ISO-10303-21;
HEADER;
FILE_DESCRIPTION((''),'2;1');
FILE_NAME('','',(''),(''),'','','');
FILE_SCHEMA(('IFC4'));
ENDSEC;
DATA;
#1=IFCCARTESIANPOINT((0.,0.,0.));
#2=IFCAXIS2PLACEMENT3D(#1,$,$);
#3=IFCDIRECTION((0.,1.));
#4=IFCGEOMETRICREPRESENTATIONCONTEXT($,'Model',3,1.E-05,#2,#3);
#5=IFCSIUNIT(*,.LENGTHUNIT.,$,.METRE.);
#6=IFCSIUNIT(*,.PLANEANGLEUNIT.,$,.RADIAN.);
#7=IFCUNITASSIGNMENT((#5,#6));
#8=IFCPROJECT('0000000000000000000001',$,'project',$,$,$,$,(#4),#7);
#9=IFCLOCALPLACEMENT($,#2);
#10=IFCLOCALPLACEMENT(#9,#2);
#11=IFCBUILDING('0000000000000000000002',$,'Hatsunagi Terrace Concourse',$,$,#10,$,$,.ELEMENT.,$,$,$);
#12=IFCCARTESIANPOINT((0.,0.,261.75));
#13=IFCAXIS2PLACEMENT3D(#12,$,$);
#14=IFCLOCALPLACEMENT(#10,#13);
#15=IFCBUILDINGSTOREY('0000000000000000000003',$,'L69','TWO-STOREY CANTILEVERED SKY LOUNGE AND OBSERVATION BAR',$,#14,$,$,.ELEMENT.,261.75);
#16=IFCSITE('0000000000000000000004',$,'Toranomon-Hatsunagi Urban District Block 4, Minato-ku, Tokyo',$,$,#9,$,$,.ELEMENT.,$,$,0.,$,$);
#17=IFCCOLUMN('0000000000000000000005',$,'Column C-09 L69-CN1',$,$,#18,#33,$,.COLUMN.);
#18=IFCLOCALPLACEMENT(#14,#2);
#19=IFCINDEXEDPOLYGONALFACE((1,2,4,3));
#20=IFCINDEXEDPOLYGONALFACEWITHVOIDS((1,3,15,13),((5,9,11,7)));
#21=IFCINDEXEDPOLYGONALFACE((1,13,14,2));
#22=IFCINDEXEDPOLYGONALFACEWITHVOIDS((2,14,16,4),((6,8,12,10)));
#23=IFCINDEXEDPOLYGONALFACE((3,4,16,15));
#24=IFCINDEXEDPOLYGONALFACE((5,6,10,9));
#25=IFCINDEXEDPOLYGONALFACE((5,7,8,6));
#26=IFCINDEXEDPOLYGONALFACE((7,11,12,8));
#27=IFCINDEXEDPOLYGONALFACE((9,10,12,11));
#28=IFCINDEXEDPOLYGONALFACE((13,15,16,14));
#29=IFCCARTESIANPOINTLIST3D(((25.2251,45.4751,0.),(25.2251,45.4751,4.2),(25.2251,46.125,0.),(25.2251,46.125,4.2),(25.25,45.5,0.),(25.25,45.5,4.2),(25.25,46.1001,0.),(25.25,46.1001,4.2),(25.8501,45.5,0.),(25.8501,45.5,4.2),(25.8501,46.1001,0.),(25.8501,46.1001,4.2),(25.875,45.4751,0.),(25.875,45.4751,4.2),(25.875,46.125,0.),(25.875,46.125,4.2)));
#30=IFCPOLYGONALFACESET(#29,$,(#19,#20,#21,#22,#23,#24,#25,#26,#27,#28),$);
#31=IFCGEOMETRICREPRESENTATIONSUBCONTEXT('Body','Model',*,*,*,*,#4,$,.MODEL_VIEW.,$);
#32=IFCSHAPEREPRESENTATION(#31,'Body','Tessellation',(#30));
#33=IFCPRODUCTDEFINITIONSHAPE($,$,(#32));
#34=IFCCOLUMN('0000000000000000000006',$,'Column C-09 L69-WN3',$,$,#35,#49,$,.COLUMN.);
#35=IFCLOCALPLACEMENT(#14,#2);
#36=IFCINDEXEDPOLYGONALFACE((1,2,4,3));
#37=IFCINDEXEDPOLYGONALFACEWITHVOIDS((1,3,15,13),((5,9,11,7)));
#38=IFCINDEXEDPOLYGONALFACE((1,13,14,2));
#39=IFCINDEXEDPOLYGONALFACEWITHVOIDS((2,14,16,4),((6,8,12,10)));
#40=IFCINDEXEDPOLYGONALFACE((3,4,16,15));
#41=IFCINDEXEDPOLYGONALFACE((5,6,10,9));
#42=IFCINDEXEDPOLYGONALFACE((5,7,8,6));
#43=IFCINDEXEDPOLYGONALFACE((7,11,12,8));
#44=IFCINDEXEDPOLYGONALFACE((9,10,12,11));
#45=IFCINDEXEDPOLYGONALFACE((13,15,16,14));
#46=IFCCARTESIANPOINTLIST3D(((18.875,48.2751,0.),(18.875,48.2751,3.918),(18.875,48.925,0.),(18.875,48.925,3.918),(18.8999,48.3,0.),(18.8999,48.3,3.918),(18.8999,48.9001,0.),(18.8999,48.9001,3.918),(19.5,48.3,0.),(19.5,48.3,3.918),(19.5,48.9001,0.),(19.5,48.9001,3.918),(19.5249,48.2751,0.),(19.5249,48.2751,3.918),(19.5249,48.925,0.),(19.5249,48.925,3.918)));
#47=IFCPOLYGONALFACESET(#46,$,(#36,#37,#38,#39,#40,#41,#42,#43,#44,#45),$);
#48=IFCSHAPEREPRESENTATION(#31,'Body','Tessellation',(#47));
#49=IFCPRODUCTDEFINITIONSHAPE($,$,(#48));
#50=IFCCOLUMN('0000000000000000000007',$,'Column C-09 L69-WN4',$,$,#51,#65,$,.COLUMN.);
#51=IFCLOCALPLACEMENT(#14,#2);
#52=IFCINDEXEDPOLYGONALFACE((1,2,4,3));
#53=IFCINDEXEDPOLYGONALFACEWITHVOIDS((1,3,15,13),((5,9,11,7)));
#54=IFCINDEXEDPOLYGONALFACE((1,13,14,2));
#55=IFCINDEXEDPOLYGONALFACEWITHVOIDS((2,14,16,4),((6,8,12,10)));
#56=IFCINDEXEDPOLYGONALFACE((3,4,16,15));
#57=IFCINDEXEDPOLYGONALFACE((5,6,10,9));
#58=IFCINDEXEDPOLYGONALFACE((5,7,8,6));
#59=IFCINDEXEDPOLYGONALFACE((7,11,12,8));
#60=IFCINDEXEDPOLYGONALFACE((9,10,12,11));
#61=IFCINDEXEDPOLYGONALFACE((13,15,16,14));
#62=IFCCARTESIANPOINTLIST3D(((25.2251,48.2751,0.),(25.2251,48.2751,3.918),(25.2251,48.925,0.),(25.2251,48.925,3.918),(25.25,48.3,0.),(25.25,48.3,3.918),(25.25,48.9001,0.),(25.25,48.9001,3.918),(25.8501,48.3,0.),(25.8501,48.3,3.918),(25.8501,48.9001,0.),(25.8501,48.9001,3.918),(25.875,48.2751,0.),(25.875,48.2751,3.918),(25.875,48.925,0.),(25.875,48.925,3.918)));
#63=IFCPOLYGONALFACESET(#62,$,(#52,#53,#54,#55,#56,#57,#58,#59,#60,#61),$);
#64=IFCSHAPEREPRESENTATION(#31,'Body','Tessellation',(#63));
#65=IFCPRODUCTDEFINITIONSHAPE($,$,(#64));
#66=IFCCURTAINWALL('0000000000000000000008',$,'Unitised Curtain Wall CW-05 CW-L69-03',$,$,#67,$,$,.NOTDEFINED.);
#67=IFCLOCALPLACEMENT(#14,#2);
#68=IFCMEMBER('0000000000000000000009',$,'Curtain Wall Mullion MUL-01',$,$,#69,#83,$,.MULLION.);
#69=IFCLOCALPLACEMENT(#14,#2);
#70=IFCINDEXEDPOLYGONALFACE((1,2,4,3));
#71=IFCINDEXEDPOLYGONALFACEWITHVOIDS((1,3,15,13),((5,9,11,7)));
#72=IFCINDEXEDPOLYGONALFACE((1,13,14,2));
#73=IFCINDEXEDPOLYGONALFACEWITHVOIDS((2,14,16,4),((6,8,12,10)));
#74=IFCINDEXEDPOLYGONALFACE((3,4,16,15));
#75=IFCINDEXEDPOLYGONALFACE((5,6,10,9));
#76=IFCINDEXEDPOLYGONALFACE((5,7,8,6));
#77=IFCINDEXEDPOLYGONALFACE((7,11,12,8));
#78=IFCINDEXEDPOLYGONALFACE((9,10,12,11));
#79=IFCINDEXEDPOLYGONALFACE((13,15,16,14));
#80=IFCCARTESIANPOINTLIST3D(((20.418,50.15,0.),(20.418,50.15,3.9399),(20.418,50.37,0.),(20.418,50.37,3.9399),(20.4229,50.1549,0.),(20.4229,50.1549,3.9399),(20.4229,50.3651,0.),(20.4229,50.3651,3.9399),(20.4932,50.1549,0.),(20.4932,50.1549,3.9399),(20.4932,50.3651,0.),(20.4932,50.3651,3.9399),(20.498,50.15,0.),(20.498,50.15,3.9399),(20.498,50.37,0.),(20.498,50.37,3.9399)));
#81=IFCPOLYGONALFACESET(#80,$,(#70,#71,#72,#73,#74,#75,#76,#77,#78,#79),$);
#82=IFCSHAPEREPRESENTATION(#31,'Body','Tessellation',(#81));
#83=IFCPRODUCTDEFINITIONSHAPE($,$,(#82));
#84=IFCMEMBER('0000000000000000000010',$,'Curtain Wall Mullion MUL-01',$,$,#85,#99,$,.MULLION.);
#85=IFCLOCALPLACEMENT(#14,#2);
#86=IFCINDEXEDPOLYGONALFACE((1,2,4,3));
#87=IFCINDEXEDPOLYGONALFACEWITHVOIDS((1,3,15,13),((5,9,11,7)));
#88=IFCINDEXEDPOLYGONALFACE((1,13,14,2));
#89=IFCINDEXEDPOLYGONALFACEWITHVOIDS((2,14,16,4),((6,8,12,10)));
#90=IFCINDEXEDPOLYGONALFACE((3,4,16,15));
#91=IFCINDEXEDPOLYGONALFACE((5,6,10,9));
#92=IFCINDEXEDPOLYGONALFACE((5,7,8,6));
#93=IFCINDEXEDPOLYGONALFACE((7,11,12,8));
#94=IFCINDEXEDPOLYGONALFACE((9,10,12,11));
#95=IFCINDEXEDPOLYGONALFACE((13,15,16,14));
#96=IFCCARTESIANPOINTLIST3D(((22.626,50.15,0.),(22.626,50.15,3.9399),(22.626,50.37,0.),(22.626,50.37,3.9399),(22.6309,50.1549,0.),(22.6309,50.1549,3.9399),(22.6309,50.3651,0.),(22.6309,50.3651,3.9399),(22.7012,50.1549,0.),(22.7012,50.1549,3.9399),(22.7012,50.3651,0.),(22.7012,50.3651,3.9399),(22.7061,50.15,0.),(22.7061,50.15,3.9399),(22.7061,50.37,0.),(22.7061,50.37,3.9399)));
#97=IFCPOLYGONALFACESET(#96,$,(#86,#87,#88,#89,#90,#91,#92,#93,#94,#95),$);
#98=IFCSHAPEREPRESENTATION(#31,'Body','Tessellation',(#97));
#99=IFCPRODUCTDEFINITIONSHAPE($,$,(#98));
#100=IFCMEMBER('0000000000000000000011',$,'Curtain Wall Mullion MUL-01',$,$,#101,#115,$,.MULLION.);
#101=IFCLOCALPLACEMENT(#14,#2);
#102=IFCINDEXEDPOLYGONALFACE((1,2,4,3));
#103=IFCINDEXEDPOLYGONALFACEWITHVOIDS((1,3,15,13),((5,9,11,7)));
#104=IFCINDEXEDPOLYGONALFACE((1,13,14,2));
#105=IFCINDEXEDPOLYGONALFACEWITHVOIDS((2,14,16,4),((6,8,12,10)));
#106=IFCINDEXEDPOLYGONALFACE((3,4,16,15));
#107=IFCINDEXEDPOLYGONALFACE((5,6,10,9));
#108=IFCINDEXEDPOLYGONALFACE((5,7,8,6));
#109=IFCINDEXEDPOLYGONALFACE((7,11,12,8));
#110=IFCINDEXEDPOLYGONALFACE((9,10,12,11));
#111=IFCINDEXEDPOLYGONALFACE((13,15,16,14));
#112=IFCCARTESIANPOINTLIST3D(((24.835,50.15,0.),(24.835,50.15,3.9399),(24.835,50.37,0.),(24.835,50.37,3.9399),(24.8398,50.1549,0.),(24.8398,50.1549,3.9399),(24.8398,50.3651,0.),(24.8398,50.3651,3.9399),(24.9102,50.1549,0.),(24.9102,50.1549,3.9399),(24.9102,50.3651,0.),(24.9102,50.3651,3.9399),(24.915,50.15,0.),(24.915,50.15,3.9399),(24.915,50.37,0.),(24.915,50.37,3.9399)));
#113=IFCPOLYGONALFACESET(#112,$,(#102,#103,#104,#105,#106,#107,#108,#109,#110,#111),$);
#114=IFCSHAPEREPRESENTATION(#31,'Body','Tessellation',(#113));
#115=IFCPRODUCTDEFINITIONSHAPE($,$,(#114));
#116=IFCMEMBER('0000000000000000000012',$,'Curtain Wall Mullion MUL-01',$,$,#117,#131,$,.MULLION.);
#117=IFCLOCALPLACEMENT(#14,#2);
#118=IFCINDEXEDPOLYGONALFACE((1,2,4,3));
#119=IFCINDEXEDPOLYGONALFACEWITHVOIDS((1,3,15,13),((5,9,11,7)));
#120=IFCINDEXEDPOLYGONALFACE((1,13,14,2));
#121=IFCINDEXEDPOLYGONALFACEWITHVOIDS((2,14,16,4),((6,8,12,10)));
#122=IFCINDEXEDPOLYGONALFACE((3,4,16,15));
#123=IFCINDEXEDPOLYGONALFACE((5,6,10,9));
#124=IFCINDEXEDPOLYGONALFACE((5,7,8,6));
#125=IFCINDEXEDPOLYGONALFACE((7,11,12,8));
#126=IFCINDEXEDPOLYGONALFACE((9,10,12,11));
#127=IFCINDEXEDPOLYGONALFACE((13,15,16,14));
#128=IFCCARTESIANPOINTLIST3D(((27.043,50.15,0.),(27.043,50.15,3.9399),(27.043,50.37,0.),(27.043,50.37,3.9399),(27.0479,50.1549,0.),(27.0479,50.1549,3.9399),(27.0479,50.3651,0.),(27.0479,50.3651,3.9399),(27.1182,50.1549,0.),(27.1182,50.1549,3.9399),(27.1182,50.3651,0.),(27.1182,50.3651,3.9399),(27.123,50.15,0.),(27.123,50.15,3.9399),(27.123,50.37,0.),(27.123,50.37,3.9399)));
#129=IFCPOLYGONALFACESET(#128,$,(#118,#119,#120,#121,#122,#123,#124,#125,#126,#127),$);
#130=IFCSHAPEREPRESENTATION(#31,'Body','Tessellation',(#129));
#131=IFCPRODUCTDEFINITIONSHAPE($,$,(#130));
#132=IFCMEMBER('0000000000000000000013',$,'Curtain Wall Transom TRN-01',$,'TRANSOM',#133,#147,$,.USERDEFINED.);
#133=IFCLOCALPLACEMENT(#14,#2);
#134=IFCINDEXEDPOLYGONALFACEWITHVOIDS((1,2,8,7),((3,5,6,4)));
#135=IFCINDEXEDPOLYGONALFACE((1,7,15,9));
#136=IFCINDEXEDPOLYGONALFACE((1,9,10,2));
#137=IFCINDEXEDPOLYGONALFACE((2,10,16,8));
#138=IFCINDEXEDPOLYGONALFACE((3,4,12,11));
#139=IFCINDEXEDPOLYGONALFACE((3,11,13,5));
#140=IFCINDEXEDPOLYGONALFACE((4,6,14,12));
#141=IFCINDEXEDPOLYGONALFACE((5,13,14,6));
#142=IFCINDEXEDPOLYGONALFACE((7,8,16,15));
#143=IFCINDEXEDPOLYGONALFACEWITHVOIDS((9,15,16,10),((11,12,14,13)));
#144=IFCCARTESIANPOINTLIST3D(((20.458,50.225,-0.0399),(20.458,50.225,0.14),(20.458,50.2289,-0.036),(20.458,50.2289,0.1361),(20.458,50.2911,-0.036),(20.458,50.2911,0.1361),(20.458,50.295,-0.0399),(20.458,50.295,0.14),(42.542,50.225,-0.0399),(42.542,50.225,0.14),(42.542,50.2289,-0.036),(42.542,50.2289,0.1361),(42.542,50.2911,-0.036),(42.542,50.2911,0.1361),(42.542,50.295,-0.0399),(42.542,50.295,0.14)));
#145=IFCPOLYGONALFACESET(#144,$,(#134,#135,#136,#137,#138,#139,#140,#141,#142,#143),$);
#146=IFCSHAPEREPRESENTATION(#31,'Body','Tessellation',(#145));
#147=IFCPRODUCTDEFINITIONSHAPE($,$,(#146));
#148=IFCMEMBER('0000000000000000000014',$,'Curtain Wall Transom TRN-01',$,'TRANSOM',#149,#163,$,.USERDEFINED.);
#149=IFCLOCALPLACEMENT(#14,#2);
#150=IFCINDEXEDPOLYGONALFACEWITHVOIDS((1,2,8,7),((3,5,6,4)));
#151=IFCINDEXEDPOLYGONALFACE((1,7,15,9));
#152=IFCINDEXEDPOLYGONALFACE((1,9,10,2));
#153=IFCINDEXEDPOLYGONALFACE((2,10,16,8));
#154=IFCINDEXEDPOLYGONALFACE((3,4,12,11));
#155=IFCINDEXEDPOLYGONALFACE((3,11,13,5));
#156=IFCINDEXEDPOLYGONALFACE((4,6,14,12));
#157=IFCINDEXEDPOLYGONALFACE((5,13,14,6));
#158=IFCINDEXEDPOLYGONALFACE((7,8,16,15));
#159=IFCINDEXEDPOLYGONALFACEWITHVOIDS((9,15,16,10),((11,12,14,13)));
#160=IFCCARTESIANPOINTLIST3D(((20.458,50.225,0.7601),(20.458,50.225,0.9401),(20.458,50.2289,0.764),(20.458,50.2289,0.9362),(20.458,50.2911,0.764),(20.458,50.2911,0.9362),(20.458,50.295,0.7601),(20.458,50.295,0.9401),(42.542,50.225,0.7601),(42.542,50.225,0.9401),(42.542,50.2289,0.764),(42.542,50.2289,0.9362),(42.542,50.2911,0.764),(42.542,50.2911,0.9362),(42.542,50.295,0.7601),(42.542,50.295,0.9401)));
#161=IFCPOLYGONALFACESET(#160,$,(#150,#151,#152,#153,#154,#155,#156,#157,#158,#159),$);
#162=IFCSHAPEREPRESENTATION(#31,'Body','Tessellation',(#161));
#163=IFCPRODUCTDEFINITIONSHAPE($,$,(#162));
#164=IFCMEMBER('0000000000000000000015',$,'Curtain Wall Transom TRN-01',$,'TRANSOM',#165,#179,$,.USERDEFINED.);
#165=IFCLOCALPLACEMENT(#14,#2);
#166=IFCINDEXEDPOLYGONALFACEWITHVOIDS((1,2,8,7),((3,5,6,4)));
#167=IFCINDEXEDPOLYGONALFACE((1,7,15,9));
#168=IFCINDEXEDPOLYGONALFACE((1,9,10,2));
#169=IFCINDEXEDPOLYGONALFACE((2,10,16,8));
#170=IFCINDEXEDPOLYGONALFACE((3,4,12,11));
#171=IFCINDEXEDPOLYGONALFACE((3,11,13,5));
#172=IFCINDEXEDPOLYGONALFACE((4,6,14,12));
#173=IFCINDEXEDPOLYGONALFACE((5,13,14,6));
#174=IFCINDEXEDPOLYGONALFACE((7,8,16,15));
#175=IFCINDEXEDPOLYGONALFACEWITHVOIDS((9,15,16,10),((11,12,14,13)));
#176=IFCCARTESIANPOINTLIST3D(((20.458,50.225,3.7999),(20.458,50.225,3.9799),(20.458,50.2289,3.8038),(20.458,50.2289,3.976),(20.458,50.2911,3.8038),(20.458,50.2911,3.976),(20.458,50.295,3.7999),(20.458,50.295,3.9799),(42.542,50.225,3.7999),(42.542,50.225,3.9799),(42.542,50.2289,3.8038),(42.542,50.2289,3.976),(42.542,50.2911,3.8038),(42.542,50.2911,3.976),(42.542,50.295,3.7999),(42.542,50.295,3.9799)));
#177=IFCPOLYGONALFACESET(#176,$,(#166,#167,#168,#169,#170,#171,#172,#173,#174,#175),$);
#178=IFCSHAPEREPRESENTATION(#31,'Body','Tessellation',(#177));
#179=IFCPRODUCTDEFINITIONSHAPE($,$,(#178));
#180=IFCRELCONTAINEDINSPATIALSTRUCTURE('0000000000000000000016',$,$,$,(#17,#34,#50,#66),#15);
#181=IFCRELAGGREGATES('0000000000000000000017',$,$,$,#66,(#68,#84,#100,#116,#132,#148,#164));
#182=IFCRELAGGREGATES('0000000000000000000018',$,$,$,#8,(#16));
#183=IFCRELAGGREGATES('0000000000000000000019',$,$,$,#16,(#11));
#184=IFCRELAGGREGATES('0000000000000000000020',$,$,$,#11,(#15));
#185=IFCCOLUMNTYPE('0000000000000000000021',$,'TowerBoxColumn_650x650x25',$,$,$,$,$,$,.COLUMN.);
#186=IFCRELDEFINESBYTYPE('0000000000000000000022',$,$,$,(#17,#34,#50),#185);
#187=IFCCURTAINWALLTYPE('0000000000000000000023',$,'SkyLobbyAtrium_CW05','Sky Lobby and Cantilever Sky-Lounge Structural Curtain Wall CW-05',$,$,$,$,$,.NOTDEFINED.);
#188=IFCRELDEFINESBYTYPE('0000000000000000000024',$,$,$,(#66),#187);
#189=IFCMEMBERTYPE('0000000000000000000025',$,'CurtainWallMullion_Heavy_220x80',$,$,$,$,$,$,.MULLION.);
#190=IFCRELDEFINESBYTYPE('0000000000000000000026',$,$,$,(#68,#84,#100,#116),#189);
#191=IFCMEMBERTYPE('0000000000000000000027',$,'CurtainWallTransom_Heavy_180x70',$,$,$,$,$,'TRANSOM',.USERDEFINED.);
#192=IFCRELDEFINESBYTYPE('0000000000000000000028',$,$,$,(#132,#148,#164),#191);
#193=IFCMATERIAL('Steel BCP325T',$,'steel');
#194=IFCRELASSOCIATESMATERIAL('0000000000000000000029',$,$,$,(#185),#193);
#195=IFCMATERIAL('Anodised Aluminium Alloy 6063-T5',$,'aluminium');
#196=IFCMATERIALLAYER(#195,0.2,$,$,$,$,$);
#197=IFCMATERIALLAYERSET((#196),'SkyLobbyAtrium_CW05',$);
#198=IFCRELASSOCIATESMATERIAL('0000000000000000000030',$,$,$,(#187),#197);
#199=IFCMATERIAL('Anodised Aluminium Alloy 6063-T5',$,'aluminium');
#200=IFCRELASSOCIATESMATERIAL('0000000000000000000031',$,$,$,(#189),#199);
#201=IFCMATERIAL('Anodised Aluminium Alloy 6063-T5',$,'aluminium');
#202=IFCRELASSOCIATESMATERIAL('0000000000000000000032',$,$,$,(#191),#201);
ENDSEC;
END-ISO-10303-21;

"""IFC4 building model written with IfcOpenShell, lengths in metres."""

from ifc_helpers import new_model, si_unit, direction, frame, origin, origin_2d, place, context, subcontext, project, spatial, hollow_rectangle, extrude, material, layer, layer_set, material_profile, profile_set, type_object, element, aggregate, save


model = new_model("IFC4")

# Units and contexts
model_context = context("Model", 3, precision=1e-05, world=origin(), true_north=direction((0.0, 1.0)))
body_context = subcontext(model_context, "Body", "Model", "MODEL_VIEW")
ifc_project = project(units=[si_unit("LENGTHUNIT", "METRE"), si_unit("PLANEANGLEUNIT", "RADIAN")], contexts=[model_context])

# Site, building, storey
site_placement = place(None, origin())
site = spatial("IfcSite", under=ifc_project, at=site_placement, Name="Toranomon-Hatsunagi Urban District Block 4, Minato-ku, Tokyo", CompositionType="ELEMENT", RefElevation=0.0)
building_placement = place(site_placement, origin())
building = spatial("IfcBuilding", under=site, at=building_placement, Name="Hatsunagi Terrace Concourse", CompositionType="ELEMENT")
storey_placement = place(building_placement, frame((0.0, 0.0, 261.75)))
storey = spatial("IfcBuildingStorey", under=building, at=storey_placement, Name="L69", Description="TWO-STOREY CANTILEVERED SKY LOUNGE AND OBSERVATION BAR", CompositionType="ELEMENT", Elevation=261.75)

# Columns
ifc_material_1 = material(Name="Steel BCP325T", Category="steel")
ifc_material_profile_1 = material_profile(ifc_material_1, hollow_rectangle(XDim=0.6499, YDim=0.6499, WallThickness=0.0249, at=origin_2d()), Name="BCP-650x650x25")
ifc_profile_set_1 = profile_set([ifc_material_profile_1], Name="Steel BCP325T")
column_type = type_object("IfcColumnType", Name="TowerBoxColumn_650x650x25", PredefinedType="COLUMN", material=ifc_profile_set_1)
column_placement = place(storey_placement, frame((25.55, 45.8, 0.0), z_axis=(0.0, 0.0, 1.0), x_axis=(1.0, 0.0, 0.0)))
element("IfcColumn", 1, at=column_placement, inside=storey, type_object=column_type, Name="Column C-09 L69-CN1", PredefinedType="COLUMN", context=body_context, shape_type="SweptSolid", body=[
    extrude(hollow_rectangle(XDim=0.6499, YDim=0.6499, WallThickness=0.0249, at=origin_2d()), origin(), (0.0, 0.0, 1.0), 4.2),
])
for number, where, z_axis, x_axis, name in (
    (2, (19.2, 48.6001, 0.0), (0.0, 0.0, 1.0), (1.0, 0.0, 0.0), "Column C-09 L69-WN3"),
    (3, (25.55, 48.6001, 0.0), (0.0, 0.0, 1.0), (1.0, 0.0, 0.0), "Column C-09 L69-WN4"),
):
    element("IfcColumn", number, at=place(storey_placement, frame(where, z_axis=z_axis, x_axis=x_axis)), inside=storey, type_object=column_type, Name=name, PredefinedType="COLUMN", context=body_context, shape_type="SweptSolid", body=[
        extrude(hollow_rectangle(XDim=0.6499, YDim=0.6499, WallThickness=0.0249, at=origin_2d()), origin(), (0.0, 0.0, 1.0), 3.918),
    ])

# Curtain wall, members
ifc_material_2 = material(Name="Anodised Aluminium Alloy 6063-T5", Category="aluminium")
ifc_layer_1 = layer(ifc_material_2, 0.2)
ifc_layer_set_1 = layer_set([ifc_layer_1], Name="SkyLobbyAtrium_CW05")
curtain_wall_type = type_object("IfcCurtainWallType", Name="SkyLobbyAtrium_CW05", Description="Sky Lobby and Cantilever Sky-Lounge Structural Curtain Wall CW-05", PredefinedType="NOTDEFINED", material=ifc_layer_set_1)
curtain_wall_placement = place(storey_placement, origin())
curtain_wall = element("IfcCurtainWall", 4, at=curtain_wall_placement, inside=storey, type_object=curtain_wall_type, Name="Unitised Curtain Wall CW-05 CW-L69-03", PredefinedType="NOTDEFINED")
ifc_material_3 = material(Name="Anodised Aluminium Alloy 6063-T5", Category="aluminium")
ifc_material_profile_2 = material_profile(ifc_material_3, hollow_rectangle(XDim=0.0801, YDim=0.22, WallThickness=0.0049, at=origin_2d()), Name="ALU-MUL-220x80x5")
ifc_profile_set_2 = profile_set([ifc_material_profile_2], Name="Anodised Aluminium Alloy 6063-T5")
member_type_1 = type_object("IfcMemberType", Name="CurtainWallMullion_Heavy_220x80", PredefinedType="MULLION", material=ifc_profile_set_2)
member_1_placement = place(storey_placement, frame((20.458, 50.26, 0.0), z_axis=(0.0, 0.0, 1.0), x_axis=(1.0, 0.0, 0.0)))
member_1 = element("IfcMember", 5, at=member_1_placement, type_object=member_type_1, Name="Curtain Wall Mullion MUL-01", PredefinedType="MULLION", context=body_context, shape_type="SweptSolid", body=[
    extrude(hollow_rectangle(XDim=0.0801, YDim=0.22, WallThickness=0.0049, at=origin_2d()), origin(), (0.0, 0.0, 1.0), 3.9399),
])
member_2_placement = place(storey_placement, frame((22.666, 50.26, 0.0), z_axis=(0.0, 0.0, 1.0), x_axis=(1.0, 0.0, 0.0)))
member_2 = element("IfcMember", 6, at=member_2_placement, type_object=member_type_1, Name="Curtain Wall Mullion MUL-01", PredefinedType="MULLION", context=body_context, shape_type="SweptSolid", body=[
    extrude(hollow_rectangle(XDim=0.0801, YDim=0.22, WallThickness=0.0049, at=origin_2d()), origin(), (0.0, 0.0, 1.0), 3.9399),
])
member_3_placement = place(storey_placement, frame((24.875, 50.26, 0.0), z_axis=(0.0, 0.0, 1.0), x_axis=(1.0, 0.0, 0.0)))
member_3 = element("IfcMember", 7, at=member_3_placement, type_object=member_type_1, Name="Curtain Wall Mullion MUL-01", PredefinedType="MULLION", context=body_context, shape_type="SweptSolid", body=[
    extrude(hollow_rectangle(XDim=0.0801, YDim=0.22, WallThickness=0.0049, at=origin_2d()), origin(), (0.0, 0.0, 1.0), 3.9399),
])
member_4_placement = place(storey_placement, frame((27.083, 50.26, 0.0), z_axis=(0.0, 0.0, 1.0), x_axis=(1.0, 0.0, 0.0)))
member_4 = element("IfcMember", 8, at=member_4_placement, type_object=member_type_1, Name="Curtain Wall Mullion MUL-01", PredefinedType="MULLION", context=body_context, shape_type="SweptSolid", body=[
    extrude(hollow_rectangle(XDim=0.0801, YDim=0.22, WallThickness=0.0049, at=origin_2d()), origin(), (0.0, 0.0, 1.0), 3.9399),
])
ifc_material_4 = material(Name="Anodised Aluminium Alloy 6063-T5", Category="aluminium")
ifc_material_profile_3 = material_profile(ifc_material_4, hollow_rectangle(XDim=0.0701, YDim=0.1799, WallThickness=0.0039, at=origin_2d()), Name="ALU-TRN-180x70x4")
ifc_profile_set_3 = profile_set([ifc_material_profile_3], Name="Anodised Aluminium Alloy 6063-T5")
member_type_2 = type_object("IfcMemberType", Name="CurtainWallTransom_Heavy_180x70", ElementType="TRANSOM", PredefinedType="USERDEFINED", material=ifc_profile_set_3)
member_5_placement = place(storey_placement, frame((20.458, 50.26, 0.05), z_axis=(1.0, 0.0, 0.0), x_axis=(0.0, 1.0, 0.0)))
member_5 = element("IfcMember", 9, at=member_5_placement, type_object=member_type_2, Name="Curtain Wall Transom TRN-01", ObjectType="TRANSOM", PredefinedType="USERDEFINED", context=body_context, shape_type="SweptSolid", body=[
    extrude(hollow_rectangle(XDim=0.0701, YDim=0.1799, WallThickness=0.0039, at=origin_2d()), origin(), (0.0, 0.0, 1.0), 22.084),
])
member_6_placement = place(storey_placement, frame((20.458, 50.26, 0.8501), z_axis=(1.0, 0.0, 0.0), x_axis=(0.0, 1.0, 0.0)))
member_6 = element("IfcMember", 10, at=member_6_placement, type_object=member_type_2, Name="Curtain Wall Transom TRN-01", ObjectType="TRANSOM", PredefinedType="USERDEFINED", context=body_context, shape_type="SweptSolid", body=[
    extrude(hollow_rectangle(XDim=0.0701, YDim=0.1799, WallThickness=0.0039, at=origin_2d()), origin(), (0.0, 0.0, 1.0), 22.084),
])
member_7_placement = place(storey_placement, frame((20.458, 50.26, 3.8899), z_axis=(1.0, 0.0, 0.0), x_axis=(0.0, 1.0, 0.0)))
member_7 = element("IfcMember", 11, at=member_7_placement, type_object=member_type_2, Name="Curtain Wall Transom TRN-01", ObjectType="TRANSOM", PredefinedType="USERDEFINED", context=body_context, shape_type="SweptSolid", body=[
    extrude(hollow_rectangle(XDim=0.0701, YDim=0.1799, WallThickness=0.0039, at=origin_2d()), origin(), (0.0, 0.0, 1.0), 22.084),
])

aggregate(curtain_wall, [member_1, member_2, member_3, member_4, member_5, member_6, member_7])

save(model, "model.ifc")
